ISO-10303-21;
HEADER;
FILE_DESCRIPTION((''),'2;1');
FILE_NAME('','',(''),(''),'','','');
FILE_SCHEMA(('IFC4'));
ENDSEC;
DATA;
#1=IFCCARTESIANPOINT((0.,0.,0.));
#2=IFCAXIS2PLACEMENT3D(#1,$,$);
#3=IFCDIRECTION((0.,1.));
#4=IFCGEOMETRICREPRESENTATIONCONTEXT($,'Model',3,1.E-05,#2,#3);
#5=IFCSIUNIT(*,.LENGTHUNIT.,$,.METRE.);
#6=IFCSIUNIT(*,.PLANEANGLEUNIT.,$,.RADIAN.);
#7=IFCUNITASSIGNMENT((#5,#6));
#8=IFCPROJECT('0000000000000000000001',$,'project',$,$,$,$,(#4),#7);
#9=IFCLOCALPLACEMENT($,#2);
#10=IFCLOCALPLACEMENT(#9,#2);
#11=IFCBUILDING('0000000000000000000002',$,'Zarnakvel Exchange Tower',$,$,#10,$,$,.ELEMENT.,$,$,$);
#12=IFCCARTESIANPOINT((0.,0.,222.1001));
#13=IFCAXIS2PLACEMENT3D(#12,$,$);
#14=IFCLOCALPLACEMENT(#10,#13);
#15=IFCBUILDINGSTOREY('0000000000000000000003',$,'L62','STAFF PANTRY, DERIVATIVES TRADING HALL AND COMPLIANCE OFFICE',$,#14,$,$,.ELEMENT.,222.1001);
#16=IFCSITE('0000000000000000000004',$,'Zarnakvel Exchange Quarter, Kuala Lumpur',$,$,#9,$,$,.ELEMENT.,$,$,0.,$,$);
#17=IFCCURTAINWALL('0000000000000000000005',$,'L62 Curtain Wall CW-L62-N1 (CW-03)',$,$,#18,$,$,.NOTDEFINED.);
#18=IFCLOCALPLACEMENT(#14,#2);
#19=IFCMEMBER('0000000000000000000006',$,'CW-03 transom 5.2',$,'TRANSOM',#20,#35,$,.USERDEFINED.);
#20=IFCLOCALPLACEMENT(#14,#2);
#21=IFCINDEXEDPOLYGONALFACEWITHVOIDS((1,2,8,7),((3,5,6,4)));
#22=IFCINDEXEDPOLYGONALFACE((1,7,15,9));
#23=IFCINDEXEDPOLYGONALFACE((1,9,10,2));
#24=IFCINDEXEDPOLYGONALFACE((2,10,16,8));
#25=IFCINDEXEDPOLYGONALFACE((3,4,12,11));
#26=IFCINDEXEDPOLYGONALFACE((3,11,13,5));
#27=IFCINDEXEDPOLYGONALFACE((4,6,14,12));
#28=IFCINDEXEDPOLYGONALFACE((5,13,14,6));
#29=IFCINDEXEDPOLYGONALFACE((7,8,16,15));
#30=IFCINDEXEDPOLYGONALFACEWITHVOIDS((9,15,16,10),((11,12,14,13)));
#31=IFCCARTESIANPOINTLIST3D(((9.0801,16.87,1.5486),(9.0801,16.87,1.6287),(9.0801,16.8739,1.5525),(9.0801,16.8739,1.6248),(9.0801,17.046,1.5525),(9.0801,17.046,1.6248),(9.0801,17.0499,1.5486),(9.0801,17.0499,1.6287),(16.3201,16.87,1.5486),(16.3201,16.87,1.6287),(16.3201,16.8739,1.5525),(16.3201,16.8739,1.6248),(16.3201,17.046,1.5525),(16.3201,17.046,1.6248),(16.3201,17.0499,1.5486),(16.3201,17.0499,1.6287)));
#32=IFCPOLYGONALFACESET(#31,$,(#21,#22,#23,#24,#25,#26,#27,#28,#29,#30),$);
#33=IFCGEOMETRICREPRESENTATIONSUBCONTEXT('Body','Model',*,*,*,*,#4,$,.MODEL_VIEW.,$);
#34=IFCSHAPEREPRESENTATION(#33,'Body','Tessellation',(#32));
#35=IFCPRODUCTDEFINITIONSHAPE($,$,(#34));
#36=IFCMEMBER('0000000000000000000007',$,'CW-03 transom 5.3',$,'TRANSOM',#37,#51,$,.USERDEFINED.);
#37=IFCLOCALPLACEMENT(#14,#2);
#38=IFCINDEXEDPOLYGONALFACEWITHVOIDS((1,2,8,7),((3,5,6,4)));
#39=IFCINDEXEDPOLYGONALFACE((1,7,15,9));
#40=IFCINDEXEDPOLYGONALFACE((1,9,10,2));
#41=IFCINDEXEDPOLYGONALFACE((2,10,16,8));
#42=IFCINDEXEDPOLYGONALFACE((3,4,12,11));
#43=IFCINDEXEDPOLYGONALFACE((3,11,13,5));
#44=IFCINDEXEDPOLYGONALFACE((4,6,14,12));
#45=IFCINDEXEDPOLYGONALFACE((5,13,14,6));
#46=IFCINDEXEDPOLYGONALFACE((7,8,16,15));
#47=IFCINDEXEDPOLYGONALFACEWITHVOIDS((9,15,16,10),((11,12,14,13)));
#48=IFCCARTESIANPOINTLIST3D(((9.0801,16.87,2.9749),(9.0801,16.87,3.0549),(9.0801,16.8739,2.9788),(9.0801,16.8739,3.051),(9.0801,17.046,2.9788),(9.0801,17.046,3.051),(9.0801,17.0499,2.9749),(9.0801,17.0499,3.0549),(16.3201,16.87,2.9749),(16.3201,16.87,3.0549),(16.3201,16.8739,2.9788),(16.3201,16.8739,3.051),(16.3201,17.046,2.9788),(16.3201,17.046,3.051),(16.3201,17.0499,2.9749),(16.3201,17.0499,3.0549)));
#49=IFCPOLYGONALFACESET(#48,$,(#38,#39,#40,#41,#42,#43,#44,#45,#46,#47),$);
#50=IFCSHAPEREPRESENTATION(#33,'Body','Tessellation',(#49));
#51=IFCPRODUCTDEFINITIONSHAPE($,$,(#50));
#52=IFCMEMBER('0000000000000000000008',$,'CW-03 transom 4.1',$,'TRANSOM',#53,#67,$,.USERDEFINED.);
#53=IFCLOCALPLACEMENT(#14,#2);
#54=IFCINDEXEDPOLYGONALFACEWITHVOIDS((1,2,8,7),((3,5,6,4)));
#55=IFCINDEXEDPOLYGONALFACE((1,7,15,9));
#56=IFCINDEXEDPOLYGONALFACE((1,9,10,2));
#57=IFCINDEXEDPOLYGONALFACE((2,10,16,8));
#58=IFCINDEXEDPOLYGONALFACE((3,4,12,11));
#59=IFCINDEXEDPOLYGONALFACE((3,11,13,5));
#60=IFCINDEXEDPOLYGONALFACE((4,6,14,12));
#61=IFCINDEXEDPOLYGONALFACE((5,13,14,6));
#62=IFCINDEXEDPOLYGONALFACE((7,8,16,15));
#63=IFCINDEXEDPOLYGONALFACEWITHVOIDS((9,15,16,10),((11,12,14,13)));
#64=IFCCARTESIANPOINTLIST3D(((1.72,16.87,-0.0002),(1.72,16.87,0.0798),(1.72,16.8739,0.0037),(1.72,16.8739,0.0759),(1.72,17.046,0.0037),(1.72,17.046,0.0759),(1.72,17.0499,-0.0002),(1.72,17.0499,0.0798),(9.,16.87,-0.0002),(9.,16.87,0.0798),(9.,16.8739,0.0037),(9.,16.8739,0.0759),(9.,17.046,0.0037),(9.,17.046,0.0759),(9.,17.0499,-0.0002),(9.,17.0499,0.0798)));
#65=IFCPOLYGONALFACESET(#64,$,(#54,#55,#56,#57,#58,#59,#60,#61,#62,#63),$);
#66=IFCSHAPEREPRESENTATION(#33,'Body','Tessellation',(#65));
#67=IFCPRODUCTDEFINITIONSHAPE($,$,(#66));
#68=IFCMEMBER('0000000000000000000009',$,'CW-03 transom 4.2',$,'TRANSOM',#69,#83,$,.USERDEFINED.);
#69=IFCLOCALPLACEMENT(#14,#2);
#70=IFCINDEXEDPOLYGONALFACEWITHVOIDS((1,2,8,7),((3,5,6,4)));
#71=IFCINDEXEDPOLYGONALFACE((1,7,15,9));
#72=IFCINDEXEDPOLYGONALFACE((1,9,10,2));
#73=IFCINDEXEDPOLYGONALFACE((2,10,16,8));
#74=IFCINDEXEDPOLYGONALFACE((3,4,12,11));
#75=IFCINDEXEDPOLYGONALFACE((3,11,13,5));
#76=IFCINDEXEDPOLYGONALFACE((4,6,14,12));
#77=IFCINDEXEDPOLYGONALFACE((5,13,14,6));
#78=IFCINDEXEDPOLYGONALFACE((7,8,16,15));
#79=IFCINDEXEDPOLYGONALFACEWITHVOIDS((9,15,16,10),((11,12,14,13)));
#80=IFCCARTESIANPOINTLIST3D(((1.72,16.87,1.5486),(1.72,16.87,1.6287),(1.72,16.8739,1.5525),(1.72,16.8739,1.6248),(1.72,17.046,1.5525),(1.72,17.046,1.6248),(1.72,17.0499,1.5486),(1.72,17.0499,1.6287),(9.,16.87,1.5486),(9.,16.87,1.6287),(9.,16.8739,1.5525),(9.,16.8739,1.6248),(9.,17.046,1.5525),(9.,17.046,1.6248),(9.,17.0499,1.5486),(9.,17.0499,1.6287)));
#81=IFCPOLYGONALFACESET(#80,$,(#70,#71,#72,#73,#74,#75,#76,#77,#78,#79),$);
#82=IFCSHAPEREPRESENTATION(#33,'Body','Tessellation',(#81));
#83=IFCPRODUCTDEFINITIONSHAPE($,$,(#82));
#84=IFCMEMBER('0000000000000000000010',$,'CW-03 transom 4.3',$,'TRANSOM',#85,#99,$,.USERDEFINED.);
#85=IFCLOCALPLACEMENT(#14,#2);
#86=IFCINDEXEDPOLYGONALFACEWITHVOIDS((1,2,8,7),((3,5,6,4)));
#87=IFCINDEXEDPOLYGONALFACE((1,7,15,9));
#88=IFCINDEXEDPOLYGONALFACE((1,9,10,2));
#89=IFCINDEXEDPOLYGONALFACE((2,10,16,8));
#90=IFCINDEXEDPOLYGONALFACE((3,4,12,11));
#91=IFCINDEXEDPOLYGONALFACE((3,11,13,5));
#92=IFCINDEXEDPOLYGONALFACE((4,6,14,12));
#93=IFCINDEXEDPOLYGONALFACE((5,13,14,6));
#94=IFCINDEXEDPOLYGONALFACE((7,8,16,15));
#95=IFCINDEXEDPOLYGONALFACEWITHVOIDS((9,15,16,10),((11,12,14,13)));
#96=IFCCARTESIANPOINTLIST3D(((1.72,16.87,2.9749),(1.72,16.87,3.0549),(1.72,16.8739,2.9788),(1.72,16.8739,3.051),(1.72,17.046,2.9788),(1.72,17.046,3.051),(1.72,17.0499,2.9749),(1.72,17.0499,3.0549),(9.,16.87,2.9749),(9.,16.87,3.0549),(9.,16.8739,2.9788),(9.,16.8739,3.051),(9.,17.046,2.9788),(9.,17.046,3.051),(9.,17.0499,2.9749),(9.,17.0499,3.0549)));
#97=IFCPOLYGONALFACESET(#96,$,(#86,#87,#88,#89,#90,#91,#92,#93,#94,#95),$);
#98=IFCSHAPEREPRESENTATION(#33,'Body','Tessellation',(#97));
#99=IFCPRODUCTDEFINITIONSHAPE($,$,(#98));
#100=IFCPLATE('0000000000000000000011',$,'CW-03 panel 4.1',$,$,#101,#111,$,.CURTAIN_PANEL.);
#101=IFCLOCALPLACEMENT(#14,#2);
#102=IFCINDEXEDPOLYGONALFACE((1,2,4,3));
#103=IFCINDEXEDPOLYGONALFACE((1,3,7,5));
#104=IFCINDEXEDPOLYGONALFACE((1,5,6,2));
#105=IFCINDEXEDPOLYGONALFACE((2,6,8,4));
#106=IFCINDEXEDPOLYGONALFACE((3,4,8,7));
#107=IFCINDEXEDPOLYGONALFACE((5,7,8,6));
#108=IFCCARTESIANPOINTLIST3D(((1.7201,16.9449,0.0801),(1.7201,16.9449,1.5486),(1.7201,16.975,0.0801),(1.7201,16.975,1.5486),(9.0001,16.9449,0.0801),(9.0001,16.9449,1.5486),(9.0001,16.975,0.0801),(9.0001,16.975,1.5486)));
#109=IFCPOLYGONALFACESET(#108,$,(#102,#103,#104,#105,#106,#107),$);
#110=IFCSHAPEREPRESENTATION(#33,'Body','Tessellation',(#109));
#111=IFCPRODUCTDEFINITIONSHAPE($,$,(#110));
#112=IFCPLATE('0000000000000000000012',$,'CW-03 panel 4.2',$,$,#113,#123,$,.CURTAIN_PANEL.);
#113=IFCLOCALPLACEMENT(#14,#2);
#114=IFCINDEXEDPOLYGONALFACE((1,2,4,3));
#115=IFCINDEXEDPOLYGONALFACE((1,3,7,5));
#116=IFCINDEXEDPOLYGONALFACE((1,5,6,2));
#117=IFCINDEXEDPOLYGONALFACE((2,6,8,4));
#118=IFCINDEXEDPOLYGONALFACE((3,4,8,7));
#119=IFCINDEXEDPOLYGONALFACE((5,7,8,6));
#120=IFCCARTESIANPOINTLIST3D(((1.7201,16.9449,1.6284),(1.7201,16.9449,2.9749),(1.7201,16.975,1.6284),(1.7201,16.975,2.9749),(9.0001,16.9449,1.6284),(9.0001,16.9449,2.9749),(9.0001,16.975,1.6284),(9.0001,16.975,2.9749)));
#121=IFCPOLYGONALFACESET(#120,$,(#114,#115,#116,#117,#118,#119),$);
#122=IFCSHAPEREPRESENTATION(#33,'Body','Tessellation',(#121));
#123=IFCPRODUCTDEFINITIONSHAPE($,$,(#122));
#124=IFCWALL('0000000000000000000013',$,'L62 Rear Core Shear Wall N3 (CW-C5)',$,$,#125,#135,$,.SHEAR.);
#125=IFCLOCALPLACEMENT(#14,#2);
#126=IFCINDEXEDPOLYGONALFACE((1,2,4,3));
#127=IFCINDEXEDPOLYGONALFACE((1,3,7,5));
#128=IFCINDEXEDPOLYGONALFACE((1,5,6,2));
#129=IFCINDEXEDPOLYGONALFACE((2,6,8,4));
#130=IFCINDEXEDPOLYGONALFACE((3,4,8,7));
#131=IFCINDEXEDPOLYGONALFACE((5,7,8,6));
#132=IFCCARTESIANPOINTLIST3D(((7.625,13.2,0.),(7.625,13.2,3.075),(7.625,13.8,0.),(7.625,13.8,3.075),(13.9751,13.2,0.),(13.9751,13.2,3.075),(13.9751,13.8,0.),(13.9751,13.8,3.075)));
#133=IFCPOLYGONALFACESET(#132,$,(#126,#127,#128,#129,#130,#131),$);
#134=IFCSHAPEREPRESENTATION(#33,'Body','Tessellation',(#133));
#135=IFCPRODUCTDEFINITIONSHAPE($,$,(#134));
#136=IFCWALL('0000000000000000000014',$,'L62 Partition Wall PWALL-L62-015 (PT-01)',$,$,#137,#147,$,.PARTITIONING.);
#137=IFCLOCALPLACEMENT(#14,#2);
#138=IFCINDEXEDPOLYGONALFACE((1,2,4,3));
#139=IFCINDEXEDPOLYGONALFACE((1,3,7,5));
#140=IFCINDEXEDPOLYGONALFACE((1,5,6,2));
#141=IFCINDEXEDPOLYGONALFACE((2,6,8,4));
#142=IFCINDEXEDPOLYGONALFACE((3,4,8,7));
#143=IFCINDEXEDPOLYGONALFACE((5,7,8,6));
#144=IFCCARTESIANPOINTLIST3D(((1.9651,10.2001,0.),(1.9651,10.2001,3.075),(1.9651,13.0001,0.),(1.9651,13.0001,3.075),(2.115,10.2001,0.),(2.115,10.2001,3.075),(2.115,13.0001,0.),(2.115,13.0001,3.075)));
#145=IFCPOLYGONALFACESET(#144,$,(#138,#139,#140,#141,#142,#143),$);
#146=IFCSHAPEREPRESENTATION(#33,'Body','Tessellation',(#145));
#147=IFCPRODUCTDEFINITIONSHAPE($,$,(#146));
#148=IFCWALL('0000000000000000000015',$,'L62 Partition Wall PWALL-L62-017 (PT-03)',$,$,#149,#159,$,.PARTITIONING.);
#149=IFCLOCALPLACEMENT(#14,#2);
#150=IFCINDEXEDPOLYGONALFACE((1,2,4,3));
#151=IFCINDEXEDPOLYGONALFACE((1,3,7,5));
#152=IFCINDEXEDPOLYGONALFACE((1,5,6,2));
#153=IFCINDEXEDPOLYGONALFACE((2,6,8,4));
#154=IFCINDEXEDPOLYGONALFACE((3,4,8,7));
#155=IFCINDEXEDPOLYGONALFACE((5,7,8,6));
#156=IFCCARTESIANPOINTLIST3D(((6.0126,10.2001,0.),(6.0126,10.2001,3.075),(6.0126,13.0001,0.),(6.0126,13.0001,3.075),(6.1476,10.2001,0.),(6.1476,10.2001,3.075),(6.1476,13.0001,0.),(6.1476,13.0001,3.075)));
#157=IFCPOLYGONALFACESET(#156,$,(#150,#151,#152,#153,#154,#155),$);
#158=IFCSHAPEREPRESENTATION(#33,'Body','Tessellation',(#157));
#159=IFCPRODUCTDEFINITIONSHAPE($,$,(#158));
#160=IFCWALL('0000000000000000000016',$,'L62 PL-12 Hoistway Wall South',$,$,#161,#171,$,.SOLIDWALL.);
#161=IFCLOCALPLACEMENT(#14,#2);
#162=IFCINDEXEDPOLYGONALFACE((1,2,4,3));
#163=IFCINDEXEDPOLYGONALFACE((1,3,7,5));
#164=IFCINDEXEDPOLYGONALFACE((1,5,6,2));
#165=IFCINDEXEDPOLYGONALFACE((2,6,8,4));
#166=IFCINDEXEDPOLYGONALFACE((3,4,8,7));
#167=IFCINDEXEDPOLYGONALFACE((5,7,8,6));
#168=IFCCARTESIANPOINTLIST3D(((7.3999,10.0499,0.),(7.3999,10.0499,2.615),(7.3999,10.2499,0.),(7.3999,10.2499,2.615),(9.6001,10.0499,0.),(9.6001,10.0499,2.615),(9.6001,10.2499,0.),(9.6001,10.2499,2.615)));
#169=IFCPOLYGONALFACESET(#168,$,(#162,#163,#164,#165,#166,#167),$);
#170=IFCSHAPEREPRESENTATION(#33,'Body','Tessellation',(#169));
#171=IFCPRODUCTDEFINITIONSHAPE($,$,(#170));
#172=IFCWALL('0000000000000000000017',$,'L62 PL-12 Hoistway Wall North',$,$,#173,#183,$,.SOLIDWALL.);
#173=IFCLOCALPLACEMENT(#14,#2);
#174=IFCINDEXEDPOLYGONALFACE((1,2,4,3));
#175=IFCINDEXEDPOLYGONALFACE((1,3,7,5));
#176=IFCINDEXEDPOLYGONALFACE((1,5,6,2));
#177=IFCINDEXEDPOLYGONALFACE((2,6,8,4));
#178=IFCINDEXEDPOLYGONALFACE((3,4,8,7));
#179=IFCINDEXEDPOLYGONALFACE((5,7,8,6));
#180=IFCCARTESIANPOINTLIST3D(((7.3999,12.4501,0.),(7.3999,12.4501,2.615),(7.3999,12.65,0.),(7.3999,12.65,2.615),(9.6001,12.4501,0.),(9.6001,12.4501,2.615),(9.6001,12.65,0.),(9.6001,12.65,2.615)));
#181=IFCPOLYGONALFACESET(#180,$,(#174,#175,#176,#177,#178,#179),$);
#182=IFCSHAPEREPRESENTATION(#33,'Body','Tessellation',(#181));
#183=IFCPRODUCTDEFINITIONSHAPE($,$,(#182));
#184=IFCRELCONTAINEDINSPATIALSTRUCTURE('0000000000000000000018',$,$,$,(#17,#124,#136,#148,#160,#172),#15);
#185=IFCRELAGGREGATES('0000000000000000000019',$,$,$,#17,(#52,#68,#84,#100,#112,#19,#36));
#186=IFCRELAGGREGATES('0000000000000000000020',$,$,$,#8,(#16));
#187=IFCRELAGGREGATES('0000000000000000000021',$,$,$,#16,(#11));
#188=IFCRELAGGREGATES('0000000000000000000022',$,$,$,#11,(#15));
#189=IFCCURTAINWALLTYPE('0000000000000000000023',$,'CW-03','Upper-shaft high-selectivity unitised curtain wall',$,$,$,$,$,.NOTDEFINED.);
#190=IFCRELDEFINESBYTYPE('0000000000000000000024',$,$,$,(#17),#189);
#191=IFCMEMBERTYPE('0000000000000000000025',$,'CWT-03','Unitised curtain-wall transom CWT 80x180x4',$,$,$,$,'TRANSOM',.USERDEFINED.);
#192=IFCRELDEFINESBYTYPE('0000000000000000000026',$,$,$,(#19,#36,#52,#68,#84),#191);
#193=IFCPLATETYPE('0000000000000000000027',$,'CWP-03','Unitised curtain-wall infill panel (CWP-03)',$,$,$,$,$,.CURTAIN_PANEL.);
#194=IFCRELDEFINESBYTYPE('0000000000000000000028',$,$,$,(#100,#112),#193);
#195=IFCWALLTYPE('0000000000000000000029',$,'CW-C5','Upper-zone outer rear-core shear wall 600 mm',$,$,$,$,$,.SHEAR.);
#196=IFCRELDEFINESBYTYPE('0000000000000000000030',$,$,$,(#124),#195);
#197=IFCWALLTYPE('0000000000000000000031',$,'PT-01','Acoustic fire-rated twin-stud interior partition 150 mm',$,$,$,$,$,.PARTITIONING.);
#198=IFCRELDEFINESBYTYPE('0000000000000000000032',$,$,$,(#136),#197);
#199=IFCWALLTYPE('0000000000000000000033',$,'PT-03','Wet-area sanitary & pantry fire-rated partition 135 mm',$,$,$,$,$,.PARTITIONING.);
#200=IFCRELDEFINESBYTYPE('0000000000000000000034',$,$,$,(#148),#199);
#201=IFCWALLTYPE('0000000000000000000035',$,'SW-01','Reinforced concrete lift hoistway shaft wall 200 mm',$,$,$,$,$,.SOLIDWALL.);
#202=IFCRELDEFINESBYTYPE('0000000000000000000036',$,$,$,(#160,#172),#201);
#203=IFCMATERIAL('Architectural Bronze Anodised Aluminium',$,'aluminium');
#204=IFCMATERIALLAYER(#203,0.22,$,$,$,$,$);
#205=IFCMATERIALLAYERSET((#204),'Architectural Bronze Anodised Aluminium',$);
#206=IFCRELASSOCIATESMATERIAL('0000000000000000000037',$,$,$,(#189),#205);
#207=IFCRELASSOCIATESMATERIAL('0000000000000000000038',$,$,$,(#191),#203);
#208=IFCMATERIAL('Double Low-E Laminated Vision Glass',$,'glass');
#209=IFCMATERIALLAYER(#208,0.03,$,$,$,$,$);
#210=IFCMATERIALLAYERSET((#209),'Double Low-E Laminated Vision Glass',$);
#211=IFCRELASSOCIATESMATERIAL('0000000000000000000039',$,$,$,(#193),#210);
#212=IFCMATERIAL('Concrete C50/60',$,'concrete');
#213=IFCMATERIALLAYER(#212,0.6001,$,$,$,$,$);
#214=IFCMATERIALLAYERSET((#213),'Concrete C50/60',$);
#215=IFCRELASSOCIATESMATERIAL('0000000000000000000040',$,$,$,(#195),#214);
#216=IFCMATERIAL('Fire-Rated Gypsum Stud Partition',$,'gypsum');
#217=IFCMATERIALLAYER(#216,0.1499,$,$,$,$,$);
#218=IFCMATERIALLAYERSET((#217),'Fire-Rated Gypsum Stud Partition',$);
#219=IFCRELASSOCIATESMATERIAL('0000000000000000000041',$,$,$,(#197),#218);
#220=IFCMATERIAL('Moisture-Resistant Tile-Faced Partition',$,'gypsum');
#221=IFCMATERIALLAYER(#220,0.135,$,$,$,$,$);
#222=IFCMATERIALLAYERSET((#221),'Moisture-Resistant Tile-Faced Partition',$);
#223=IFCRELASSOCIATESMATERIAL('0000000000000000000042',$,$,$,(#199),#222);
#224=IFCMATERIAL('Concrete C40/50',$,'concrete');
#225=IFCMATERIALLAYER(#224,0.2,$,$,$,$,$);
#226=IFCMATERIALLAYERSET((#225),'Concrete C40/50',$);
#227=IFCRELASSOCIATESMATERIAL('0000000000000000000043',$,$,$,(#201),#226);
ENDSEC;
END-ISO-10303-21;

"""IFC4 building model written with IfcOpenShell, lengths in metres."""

from ifc_helpers import new_model, si_unit, direction, frame, frame_2d, origin, origin_2d, place, context, subcontext, project, spatial, rectangle, hollow_rectangle, extrude, source, transform, mapped, material, layer, layer_set, material_profile, profile_set, type_object, element, aggregate, save


model = new_model("IFC4")

# Units and contexts
model_context = context("Model", 3, precision=1e-05, world=origin(), true_north=direction((0.0, 1.0)))
body_context = subcontext(model_context, "Body", "Model", "MODEL_VIEW")
ifc_project = project(units=[si_unit("LENGTHUNIT", "METRE"), si_unit("PLANEANGLEUNIT", "RADIAN")], contexts=[model_context])

# Site, building, storey
site_placement = place(None, origin())
site = spatial("IfcSite", under=ifc_project, at=site_placement, Name="Zarnakvel Exchange Quarter, Kuala Lumpur", CompositionType="ELEMENT", RefElevation=0.0)
building_placement = place(site_placement, origin())
building = spatial("IfcBuilding", under=site, at=building_placement, Name="Zarnakvel Exchange Tower", CompositionType="ELEMENT")
storey_placement = place(building_placement, frame((0.0, 0.0, 222.1001)))
storey = spatial("IfcBuildingStorey", under=building, at=storey_placement, Name="L62", Description="STAFF PANTRY, DERIVATIVES TRADING HALL AND COMPLIANCE OFFICE", CompositionType="ELEMENT", Elevation=222.1001)

# Shared definitions
ifc_material_1 = material(Name="Concrete C50/60", Category="concrete")

# Curtain wall, members, plates
ifc_material_2 = material(Name="Architectural Bronze Anodised Aluminium", Category="aluminium")
ifc_layer_1 = layer(ifc_material_2, 0.22)
ifc_layer_set_1 = layer_set([ifc_layer_1], Name="Architectural Bronze Anodised Aluminium")
curtain_wall_type = type_object("IfcCurtainWallType", Name="CW-03", Description="Upper-shaft high-selectivity unitised curtain wall", PredefinedType="NOTDEFINED", material=ifc_layer_set_1)
curtain_wall_placement = place(storey_placement, origin())
curtain_wall = element("IfcCurtainWall", 1, at=curtain_wall_placement, inside=storey, type_object=curtain_wall_type, Name="L62 Curtain Wall CW-L62-N1 (CW-03)", PredefinedType="NOTDEFINED")
ifc_material_profile_1 = material_profile(ifc_material_2, hollow_rectangle(XDim=0.1799, YDim=0.0801, WallThickness=0.0039, at=origin_2d()))
ifc_profile_set_1 = profile_set([ifc_material_profile_1], Name="Architectural Bronze Anodised Aluminium")
member_type_1 = type_object("IfcMemberType", Name="CWT-03", Description="Unitised curtain-wall transom CWT 80x180x4", ElementType="TRANSOM", PredefinedType="USERDEFINED", material=ifc_profile_set_1)
shared_shape_1 = source(origin(), body_context, "Body", "SweptSolid", [
    extrude(hollow_rectangle(XDim=0.1799, YDim=0.0801, WallThickness=0.0039, at=origin_2d()), origin(), (0.0, 0.0, 1.0), 7.24),
])
member_1_placement = place(storey_placement, frame((9.0801, 16.96, 1.5886), z_axis=(1.0, 0.0, 0.0), x_axis=(0.0, 1.0, 0.0)))
member_1 = element("IfcMember", 2, at=member_1_placement, type_object=member_type_1, Name="CW-03 transom 5.2", ObjectType="TRANSOM", PredefinedType="USERDEFINED", context=body_context, shape_type="MappedRepresentation", body=[
    mapped(shared_shape_1, transform((0.0, 0.0, 0.0), x_axis=(1.0, 0.0, 0.0), y_axis=(0.0, 1.0, 0.0), z_axis=(0.0, 0.0, 1.0), scale=1.0)),
])
member_2_placement = place(storey_placement, frame((9.0801, 16.96, 3.0149), z_axis=(1.0, 0.0, 0.0), x_axis=(0.0, 1.0, 0.0)))
member_2 = element("IfcMember", 3, at=member_2_placement, type_object=member_type_1, Name="CW-03 transom 5.3", ObjectType="TRANSOM", PredefinedType="USERDEFINED", context=body_context, shape_type="MappedRepresentation", body=[
    mapped(shared_shape_1, transform((0.0, 0.0, 0.0), x_axis=(1.0, 0.0, 0.0), y_axis=(0.0, 1.0, 0.0), z_axis=(0.0, 0.0, 1.0), scale=1.0)),
])
shared_shape_2 = source(origin(), body_context, "Body", "SweptSolid", [
    extrude(hollow_rectangle(XDim=0.1799, YDim=0.0801, WallThickness=0.0039, at=origin_2d()), origin(), (0.0, 0.0, 1.0), 7.28),
])
member_3_placement = place(storey_placement, frame((1.72, 16.96, 0.0398), z_axis=(1.0, 0.0, 0.0), x_axis=(0.0, 1.0, 0.0)))
member_3 = element("IfcMember", 4, at=member_3_placement, type_object=member_type_1, Name="CW-03 transom 4.1", ObjectType="TRANSOM", PredefinedType="USERDEFINED", context=body_context, shape_type="MappedRepresentation", body=[
    mapped(shared_shape_2, transform((0.0, 0.0, 0.0), x_axis=(1.0, 0.0, 0.0), y_axis=(0.0, 1.0, 0.0), z_axis=(0.0, 0.0, 1.0), scale=1.0)),
])
member_4_placement = place(storey_placement, frame((1.72, 16.96, 1.5886), z_axis=(1.0, 0.0, 0.0), x_axis=(0.0, 1.0, 0.0)))
member_4 = element("IfcMember", 5, at=member_4_placement, type_object=member_type_1, Name="CW-03 transom 4.2", ObjectType="TRANSOM", PredefinedType="USERDEFINED", context=body_context, shape_type="MappedRepresentation", body=[
    mapped(shared_shape_2, transform((0.0, 0.0, 0.0), x_axis=(1.0, 0.0, 0.0), y_axis=(0.0, 1.0, 0.0), z_axis=(0.0, 0.0, 1.0), scale=1.0)),
])
member_5_placement = place(storey_placement, frame((1.72, 16.96, 3.0149), z_axis=(1.0, 0.0, 0.0), x_axis=(0.0, 1.0, 0.0)))
member_5 = element("IfcMember", 6, at=member_5_placement, type_object=member_type_1, Name="CW-03 transom 4.3", ObjectType="TRANSOM", PredefinedType="USERDEFINED", context=body_context, shape_type="MappedRepresentation", body=[
    mapped(shared_shape_2, transform((0.0, 0.0, 0.0), x_axis=(1.0, 0.0, 0.0), y_axis=(0.0, 1.0, 0.0), z_axis=(0.0, 0.0, 1.0), scale=1.0)),
])
ifc_material_3 = material(Name="Double Low-E Laminated Vision Glass", Category="glass")
ifc_layer_2 = layer(ifc_material_3, 0.03)
ifc_layer_set_2 = layer_set([ifc_layer_2], Name="Double Low-E Laminated Vision Glass")
plate_type = type_object("IfcPlateType", Name="CWP-03", Description="Unitised curtain-wall infill panel (CWP-03)", PredefinedType="CURTAIN_PANEL", material=ifc_layer_set_2)
shared_shape_3 = source(origin(), body_context, "Body", "SweptSolid", [
    extrude(rectangle(XDim=7.28, YDim=0.03, at=origin_2d()), origin(), (0.0, 0.0, 1.0), 1.4685),
])
plate_1_placement = place(storey_placement, frame((5.3601, 16.96, 0.0801), z_axis=(0.0, 0.0, 1.0), x_axis=(1.0, 0.0, 0.0)))
plate_1 = element("IfcPlate", 7, at=plate_1_placement, type_object=plate_type, Name="CW-03 panel 4.1", PredefinedType="CURTAIN_PANEL", context=body_context, shape_type="MappedRepresentation", body=[
    mapped(shared_shape_3, transform((0.0, 0.0, 0.0), x_axis=(1.0, 0.0, 0.0), y_axis=(0.0, 1.0, 0.0), z_axis=(0.0, 0.0, 1.0), scale=1.0)),
])
shared_shape_4 = source(origin(), body_context, "Body", "SweptSolid", [
    extrude(rectangle(XDim=7.28, YDim=0.03, at=origin_2d()), origin(), (0.0, 0.0, 1.0), 1.3464),
])
plate_2_placement = place(storey_placement, frame((5.3601, 16.96, 1.6284), z_axis=(0.0, 0.0, 1.0), x_axis=(1.0, 0.0, 0.0)))
plate_2 = element("IfcPlate", 8, at=plate_2_placement, type_object=plate_type, Name="CW-03 panel 4.2", PredefinedType="CURTAIN_PANEL", context=body_context, shape_type="MappedRepresentation", body=[
    mapped(shared_shape_4, transform((0.0, 0.0, 0.0), x_axis=(1.0, 0.0, 0.0), y_axis=(0.0, 1.0, 0.0), z_axis=(0.0, 0.0, 1.0), scale=1.0)),
])
aggregate(curtain_wall, [member_3, member_4, member_5, plate_1, plate_2, member_1, member_2])

# Wall
ifc_layer_3 = layer(ifc_material_1, 0.6001)
ifc_layer_set_3 = layer_set([ifc_layer_3], Name="Concrete C50/60")
wall_type_1 = type_object("IfcWallType", Name="CW-C5", Description="Upper-zone outer rear-core shear wall 600 mm", PredefinedType="SHEAR", material=ifc_layer_set_3)
wall_1_placement = place(storey_placement, frame((7.625, 13.5, 0.0), z_axis=(0.0, 0.0, 1.0), x_axis=(1.0, 0.0, 0.0)))
element("IfcWall", 9, at=wall_1_placement, inside=storey, type_object=wall_type_1, Name="L62 Rear Core Shear Wall N3 (CW-C5)", PredefinedType="SHEAR", context=body_context, shape_type="SweptSolid", body=[
    extrude(rectangle(XDim=6.3501, YDim=0.6001, at=frame_2d((3.175, 0.0))), origin(), (0.0, 0.0, 1.0), 3.075),
])

# Shared definitions
ifc_material_4 = material(Name="Fire-Rated Gypsum Stud Partition", Category="gypsum")
ifc_layer_4 = layer(ifc_material_4, 0.1499)
ifc_layer_set_4 = layer_set([ifc_layer_4], Name="Fire-Rated Gypsum Stud Partition")
wall_type_2 = type_object("IfcWallType", Name="PT-01", Description="Acoustic fire-rated twin-stud interior partition 150 mm", PredefinedType="PARTITIONING", material=ifc_layer_set_4)

# Wall
wall_2_placement = place(storey_placement, frame((2.04, 13.0, 0.0), z_axis=(0.0, 0.0, 1.0), x_axis=(0.0, -1.0, 0.0)))
element("IfcWall", 10, at=wall_2_placement, inside=storey, type_object=wall_type_2, Name="L62 Partition Wall PWALL-L62-015 (PT-01)", PredefinedType="PARTITIONING", context=body_context, shape_type="SweptSolid", body=[
    extrude(rectangle(XDim=2.8, YDim=0.1499, at=frame_2d((1.3999, 0.0))), origin(), (0.0, 0.0, 1.0), 3.075),
])

# Shared definitions
ifc_material_5 = material(Name="Moisture-Resistant Tile-Faced Partition", Category="gypsum")
ifc_layer_5 = layer(ifc_material_5, 0.135)
ifc_layer_set_5 = layer_set([ifc_layer_5], Name="Moisture-Resistant Tile-Faced Partition")
wall_type_3 = type_object("IfcWallType", Name="PT-03", Description="Wet-area sanitary & pantry fire-rated partition 135 mm", PredefinedType="PARTITIONING", material=ifc_layer_set_5)

# Walls
wall_3_placement = place(storey_placement, frame((6.0801, 13.0, 0.0), z_axis=(0.0, 0.0, 1.0), x_axis=(0.0, -1.0, 0.0)))
element("IfcWall", 11, at=wall_3_placement, inside=storey, type_object=wall_type_3, Name="L62 Partition Wall PWALL-L62-017 (PT-03)", PredefinedType="PARTITIONING", context=body_context, shape_type="SweptSolid", body=[
    extrude(rectangle(XDim=2.8, YDim=0.135, at=frame_2d((1.3999, 0.0))), origin(), (0.0, 0.0, 1.0), 3.075),
])
ifc_material_6 = material(Name="Concrete C40/50", Category="concrete")
ifc_layer_6 = layer(ifc_material_6, 0.2)
ifc_layer_set_6 = layer_set([ifc_layer_6], Name="Concrete C40/50")
wall_type_4 = type_object("IfcWallType", Name="SW-01", Description="Reinforced concrete lift hoistway shaft wall 200 mm", PredefinedType="SOLIDWALL", material=ifc_layer_set_6)
for number, where, z_axis, x_axis, name in (
    (12, (9.6001, 10.1499, 0.0), (0.0, 0.0, 1.0), (-1.0, 0.0, 0.0), "L62 PL-12 Hoistway Wall South"),
    (13, (7.3999, 12.55, 0.0), (0.0, 0.0, 1.0), (1.0, 0.0, 0.0), "L62 PL-12 Hoistway Wall North"),
):
    element("IfcWall", number, at=place(storey_placement, frame(where, z_axis=z_axis, x_axis=x_axis)), inside=storey, type_object=wall_type_4, Name=name, PredefinedType="SOLIDWALL", context=body_context, shape_type="SweptSolid", body=[
        extrude(rectangle(XDim=2.2002, YDim=0.2, at=frame_2d((1.1001, 0.0))), origin(), (0.0, 0.0, 1.0), 2.615),
    ])

save(model, "model.ifc")
